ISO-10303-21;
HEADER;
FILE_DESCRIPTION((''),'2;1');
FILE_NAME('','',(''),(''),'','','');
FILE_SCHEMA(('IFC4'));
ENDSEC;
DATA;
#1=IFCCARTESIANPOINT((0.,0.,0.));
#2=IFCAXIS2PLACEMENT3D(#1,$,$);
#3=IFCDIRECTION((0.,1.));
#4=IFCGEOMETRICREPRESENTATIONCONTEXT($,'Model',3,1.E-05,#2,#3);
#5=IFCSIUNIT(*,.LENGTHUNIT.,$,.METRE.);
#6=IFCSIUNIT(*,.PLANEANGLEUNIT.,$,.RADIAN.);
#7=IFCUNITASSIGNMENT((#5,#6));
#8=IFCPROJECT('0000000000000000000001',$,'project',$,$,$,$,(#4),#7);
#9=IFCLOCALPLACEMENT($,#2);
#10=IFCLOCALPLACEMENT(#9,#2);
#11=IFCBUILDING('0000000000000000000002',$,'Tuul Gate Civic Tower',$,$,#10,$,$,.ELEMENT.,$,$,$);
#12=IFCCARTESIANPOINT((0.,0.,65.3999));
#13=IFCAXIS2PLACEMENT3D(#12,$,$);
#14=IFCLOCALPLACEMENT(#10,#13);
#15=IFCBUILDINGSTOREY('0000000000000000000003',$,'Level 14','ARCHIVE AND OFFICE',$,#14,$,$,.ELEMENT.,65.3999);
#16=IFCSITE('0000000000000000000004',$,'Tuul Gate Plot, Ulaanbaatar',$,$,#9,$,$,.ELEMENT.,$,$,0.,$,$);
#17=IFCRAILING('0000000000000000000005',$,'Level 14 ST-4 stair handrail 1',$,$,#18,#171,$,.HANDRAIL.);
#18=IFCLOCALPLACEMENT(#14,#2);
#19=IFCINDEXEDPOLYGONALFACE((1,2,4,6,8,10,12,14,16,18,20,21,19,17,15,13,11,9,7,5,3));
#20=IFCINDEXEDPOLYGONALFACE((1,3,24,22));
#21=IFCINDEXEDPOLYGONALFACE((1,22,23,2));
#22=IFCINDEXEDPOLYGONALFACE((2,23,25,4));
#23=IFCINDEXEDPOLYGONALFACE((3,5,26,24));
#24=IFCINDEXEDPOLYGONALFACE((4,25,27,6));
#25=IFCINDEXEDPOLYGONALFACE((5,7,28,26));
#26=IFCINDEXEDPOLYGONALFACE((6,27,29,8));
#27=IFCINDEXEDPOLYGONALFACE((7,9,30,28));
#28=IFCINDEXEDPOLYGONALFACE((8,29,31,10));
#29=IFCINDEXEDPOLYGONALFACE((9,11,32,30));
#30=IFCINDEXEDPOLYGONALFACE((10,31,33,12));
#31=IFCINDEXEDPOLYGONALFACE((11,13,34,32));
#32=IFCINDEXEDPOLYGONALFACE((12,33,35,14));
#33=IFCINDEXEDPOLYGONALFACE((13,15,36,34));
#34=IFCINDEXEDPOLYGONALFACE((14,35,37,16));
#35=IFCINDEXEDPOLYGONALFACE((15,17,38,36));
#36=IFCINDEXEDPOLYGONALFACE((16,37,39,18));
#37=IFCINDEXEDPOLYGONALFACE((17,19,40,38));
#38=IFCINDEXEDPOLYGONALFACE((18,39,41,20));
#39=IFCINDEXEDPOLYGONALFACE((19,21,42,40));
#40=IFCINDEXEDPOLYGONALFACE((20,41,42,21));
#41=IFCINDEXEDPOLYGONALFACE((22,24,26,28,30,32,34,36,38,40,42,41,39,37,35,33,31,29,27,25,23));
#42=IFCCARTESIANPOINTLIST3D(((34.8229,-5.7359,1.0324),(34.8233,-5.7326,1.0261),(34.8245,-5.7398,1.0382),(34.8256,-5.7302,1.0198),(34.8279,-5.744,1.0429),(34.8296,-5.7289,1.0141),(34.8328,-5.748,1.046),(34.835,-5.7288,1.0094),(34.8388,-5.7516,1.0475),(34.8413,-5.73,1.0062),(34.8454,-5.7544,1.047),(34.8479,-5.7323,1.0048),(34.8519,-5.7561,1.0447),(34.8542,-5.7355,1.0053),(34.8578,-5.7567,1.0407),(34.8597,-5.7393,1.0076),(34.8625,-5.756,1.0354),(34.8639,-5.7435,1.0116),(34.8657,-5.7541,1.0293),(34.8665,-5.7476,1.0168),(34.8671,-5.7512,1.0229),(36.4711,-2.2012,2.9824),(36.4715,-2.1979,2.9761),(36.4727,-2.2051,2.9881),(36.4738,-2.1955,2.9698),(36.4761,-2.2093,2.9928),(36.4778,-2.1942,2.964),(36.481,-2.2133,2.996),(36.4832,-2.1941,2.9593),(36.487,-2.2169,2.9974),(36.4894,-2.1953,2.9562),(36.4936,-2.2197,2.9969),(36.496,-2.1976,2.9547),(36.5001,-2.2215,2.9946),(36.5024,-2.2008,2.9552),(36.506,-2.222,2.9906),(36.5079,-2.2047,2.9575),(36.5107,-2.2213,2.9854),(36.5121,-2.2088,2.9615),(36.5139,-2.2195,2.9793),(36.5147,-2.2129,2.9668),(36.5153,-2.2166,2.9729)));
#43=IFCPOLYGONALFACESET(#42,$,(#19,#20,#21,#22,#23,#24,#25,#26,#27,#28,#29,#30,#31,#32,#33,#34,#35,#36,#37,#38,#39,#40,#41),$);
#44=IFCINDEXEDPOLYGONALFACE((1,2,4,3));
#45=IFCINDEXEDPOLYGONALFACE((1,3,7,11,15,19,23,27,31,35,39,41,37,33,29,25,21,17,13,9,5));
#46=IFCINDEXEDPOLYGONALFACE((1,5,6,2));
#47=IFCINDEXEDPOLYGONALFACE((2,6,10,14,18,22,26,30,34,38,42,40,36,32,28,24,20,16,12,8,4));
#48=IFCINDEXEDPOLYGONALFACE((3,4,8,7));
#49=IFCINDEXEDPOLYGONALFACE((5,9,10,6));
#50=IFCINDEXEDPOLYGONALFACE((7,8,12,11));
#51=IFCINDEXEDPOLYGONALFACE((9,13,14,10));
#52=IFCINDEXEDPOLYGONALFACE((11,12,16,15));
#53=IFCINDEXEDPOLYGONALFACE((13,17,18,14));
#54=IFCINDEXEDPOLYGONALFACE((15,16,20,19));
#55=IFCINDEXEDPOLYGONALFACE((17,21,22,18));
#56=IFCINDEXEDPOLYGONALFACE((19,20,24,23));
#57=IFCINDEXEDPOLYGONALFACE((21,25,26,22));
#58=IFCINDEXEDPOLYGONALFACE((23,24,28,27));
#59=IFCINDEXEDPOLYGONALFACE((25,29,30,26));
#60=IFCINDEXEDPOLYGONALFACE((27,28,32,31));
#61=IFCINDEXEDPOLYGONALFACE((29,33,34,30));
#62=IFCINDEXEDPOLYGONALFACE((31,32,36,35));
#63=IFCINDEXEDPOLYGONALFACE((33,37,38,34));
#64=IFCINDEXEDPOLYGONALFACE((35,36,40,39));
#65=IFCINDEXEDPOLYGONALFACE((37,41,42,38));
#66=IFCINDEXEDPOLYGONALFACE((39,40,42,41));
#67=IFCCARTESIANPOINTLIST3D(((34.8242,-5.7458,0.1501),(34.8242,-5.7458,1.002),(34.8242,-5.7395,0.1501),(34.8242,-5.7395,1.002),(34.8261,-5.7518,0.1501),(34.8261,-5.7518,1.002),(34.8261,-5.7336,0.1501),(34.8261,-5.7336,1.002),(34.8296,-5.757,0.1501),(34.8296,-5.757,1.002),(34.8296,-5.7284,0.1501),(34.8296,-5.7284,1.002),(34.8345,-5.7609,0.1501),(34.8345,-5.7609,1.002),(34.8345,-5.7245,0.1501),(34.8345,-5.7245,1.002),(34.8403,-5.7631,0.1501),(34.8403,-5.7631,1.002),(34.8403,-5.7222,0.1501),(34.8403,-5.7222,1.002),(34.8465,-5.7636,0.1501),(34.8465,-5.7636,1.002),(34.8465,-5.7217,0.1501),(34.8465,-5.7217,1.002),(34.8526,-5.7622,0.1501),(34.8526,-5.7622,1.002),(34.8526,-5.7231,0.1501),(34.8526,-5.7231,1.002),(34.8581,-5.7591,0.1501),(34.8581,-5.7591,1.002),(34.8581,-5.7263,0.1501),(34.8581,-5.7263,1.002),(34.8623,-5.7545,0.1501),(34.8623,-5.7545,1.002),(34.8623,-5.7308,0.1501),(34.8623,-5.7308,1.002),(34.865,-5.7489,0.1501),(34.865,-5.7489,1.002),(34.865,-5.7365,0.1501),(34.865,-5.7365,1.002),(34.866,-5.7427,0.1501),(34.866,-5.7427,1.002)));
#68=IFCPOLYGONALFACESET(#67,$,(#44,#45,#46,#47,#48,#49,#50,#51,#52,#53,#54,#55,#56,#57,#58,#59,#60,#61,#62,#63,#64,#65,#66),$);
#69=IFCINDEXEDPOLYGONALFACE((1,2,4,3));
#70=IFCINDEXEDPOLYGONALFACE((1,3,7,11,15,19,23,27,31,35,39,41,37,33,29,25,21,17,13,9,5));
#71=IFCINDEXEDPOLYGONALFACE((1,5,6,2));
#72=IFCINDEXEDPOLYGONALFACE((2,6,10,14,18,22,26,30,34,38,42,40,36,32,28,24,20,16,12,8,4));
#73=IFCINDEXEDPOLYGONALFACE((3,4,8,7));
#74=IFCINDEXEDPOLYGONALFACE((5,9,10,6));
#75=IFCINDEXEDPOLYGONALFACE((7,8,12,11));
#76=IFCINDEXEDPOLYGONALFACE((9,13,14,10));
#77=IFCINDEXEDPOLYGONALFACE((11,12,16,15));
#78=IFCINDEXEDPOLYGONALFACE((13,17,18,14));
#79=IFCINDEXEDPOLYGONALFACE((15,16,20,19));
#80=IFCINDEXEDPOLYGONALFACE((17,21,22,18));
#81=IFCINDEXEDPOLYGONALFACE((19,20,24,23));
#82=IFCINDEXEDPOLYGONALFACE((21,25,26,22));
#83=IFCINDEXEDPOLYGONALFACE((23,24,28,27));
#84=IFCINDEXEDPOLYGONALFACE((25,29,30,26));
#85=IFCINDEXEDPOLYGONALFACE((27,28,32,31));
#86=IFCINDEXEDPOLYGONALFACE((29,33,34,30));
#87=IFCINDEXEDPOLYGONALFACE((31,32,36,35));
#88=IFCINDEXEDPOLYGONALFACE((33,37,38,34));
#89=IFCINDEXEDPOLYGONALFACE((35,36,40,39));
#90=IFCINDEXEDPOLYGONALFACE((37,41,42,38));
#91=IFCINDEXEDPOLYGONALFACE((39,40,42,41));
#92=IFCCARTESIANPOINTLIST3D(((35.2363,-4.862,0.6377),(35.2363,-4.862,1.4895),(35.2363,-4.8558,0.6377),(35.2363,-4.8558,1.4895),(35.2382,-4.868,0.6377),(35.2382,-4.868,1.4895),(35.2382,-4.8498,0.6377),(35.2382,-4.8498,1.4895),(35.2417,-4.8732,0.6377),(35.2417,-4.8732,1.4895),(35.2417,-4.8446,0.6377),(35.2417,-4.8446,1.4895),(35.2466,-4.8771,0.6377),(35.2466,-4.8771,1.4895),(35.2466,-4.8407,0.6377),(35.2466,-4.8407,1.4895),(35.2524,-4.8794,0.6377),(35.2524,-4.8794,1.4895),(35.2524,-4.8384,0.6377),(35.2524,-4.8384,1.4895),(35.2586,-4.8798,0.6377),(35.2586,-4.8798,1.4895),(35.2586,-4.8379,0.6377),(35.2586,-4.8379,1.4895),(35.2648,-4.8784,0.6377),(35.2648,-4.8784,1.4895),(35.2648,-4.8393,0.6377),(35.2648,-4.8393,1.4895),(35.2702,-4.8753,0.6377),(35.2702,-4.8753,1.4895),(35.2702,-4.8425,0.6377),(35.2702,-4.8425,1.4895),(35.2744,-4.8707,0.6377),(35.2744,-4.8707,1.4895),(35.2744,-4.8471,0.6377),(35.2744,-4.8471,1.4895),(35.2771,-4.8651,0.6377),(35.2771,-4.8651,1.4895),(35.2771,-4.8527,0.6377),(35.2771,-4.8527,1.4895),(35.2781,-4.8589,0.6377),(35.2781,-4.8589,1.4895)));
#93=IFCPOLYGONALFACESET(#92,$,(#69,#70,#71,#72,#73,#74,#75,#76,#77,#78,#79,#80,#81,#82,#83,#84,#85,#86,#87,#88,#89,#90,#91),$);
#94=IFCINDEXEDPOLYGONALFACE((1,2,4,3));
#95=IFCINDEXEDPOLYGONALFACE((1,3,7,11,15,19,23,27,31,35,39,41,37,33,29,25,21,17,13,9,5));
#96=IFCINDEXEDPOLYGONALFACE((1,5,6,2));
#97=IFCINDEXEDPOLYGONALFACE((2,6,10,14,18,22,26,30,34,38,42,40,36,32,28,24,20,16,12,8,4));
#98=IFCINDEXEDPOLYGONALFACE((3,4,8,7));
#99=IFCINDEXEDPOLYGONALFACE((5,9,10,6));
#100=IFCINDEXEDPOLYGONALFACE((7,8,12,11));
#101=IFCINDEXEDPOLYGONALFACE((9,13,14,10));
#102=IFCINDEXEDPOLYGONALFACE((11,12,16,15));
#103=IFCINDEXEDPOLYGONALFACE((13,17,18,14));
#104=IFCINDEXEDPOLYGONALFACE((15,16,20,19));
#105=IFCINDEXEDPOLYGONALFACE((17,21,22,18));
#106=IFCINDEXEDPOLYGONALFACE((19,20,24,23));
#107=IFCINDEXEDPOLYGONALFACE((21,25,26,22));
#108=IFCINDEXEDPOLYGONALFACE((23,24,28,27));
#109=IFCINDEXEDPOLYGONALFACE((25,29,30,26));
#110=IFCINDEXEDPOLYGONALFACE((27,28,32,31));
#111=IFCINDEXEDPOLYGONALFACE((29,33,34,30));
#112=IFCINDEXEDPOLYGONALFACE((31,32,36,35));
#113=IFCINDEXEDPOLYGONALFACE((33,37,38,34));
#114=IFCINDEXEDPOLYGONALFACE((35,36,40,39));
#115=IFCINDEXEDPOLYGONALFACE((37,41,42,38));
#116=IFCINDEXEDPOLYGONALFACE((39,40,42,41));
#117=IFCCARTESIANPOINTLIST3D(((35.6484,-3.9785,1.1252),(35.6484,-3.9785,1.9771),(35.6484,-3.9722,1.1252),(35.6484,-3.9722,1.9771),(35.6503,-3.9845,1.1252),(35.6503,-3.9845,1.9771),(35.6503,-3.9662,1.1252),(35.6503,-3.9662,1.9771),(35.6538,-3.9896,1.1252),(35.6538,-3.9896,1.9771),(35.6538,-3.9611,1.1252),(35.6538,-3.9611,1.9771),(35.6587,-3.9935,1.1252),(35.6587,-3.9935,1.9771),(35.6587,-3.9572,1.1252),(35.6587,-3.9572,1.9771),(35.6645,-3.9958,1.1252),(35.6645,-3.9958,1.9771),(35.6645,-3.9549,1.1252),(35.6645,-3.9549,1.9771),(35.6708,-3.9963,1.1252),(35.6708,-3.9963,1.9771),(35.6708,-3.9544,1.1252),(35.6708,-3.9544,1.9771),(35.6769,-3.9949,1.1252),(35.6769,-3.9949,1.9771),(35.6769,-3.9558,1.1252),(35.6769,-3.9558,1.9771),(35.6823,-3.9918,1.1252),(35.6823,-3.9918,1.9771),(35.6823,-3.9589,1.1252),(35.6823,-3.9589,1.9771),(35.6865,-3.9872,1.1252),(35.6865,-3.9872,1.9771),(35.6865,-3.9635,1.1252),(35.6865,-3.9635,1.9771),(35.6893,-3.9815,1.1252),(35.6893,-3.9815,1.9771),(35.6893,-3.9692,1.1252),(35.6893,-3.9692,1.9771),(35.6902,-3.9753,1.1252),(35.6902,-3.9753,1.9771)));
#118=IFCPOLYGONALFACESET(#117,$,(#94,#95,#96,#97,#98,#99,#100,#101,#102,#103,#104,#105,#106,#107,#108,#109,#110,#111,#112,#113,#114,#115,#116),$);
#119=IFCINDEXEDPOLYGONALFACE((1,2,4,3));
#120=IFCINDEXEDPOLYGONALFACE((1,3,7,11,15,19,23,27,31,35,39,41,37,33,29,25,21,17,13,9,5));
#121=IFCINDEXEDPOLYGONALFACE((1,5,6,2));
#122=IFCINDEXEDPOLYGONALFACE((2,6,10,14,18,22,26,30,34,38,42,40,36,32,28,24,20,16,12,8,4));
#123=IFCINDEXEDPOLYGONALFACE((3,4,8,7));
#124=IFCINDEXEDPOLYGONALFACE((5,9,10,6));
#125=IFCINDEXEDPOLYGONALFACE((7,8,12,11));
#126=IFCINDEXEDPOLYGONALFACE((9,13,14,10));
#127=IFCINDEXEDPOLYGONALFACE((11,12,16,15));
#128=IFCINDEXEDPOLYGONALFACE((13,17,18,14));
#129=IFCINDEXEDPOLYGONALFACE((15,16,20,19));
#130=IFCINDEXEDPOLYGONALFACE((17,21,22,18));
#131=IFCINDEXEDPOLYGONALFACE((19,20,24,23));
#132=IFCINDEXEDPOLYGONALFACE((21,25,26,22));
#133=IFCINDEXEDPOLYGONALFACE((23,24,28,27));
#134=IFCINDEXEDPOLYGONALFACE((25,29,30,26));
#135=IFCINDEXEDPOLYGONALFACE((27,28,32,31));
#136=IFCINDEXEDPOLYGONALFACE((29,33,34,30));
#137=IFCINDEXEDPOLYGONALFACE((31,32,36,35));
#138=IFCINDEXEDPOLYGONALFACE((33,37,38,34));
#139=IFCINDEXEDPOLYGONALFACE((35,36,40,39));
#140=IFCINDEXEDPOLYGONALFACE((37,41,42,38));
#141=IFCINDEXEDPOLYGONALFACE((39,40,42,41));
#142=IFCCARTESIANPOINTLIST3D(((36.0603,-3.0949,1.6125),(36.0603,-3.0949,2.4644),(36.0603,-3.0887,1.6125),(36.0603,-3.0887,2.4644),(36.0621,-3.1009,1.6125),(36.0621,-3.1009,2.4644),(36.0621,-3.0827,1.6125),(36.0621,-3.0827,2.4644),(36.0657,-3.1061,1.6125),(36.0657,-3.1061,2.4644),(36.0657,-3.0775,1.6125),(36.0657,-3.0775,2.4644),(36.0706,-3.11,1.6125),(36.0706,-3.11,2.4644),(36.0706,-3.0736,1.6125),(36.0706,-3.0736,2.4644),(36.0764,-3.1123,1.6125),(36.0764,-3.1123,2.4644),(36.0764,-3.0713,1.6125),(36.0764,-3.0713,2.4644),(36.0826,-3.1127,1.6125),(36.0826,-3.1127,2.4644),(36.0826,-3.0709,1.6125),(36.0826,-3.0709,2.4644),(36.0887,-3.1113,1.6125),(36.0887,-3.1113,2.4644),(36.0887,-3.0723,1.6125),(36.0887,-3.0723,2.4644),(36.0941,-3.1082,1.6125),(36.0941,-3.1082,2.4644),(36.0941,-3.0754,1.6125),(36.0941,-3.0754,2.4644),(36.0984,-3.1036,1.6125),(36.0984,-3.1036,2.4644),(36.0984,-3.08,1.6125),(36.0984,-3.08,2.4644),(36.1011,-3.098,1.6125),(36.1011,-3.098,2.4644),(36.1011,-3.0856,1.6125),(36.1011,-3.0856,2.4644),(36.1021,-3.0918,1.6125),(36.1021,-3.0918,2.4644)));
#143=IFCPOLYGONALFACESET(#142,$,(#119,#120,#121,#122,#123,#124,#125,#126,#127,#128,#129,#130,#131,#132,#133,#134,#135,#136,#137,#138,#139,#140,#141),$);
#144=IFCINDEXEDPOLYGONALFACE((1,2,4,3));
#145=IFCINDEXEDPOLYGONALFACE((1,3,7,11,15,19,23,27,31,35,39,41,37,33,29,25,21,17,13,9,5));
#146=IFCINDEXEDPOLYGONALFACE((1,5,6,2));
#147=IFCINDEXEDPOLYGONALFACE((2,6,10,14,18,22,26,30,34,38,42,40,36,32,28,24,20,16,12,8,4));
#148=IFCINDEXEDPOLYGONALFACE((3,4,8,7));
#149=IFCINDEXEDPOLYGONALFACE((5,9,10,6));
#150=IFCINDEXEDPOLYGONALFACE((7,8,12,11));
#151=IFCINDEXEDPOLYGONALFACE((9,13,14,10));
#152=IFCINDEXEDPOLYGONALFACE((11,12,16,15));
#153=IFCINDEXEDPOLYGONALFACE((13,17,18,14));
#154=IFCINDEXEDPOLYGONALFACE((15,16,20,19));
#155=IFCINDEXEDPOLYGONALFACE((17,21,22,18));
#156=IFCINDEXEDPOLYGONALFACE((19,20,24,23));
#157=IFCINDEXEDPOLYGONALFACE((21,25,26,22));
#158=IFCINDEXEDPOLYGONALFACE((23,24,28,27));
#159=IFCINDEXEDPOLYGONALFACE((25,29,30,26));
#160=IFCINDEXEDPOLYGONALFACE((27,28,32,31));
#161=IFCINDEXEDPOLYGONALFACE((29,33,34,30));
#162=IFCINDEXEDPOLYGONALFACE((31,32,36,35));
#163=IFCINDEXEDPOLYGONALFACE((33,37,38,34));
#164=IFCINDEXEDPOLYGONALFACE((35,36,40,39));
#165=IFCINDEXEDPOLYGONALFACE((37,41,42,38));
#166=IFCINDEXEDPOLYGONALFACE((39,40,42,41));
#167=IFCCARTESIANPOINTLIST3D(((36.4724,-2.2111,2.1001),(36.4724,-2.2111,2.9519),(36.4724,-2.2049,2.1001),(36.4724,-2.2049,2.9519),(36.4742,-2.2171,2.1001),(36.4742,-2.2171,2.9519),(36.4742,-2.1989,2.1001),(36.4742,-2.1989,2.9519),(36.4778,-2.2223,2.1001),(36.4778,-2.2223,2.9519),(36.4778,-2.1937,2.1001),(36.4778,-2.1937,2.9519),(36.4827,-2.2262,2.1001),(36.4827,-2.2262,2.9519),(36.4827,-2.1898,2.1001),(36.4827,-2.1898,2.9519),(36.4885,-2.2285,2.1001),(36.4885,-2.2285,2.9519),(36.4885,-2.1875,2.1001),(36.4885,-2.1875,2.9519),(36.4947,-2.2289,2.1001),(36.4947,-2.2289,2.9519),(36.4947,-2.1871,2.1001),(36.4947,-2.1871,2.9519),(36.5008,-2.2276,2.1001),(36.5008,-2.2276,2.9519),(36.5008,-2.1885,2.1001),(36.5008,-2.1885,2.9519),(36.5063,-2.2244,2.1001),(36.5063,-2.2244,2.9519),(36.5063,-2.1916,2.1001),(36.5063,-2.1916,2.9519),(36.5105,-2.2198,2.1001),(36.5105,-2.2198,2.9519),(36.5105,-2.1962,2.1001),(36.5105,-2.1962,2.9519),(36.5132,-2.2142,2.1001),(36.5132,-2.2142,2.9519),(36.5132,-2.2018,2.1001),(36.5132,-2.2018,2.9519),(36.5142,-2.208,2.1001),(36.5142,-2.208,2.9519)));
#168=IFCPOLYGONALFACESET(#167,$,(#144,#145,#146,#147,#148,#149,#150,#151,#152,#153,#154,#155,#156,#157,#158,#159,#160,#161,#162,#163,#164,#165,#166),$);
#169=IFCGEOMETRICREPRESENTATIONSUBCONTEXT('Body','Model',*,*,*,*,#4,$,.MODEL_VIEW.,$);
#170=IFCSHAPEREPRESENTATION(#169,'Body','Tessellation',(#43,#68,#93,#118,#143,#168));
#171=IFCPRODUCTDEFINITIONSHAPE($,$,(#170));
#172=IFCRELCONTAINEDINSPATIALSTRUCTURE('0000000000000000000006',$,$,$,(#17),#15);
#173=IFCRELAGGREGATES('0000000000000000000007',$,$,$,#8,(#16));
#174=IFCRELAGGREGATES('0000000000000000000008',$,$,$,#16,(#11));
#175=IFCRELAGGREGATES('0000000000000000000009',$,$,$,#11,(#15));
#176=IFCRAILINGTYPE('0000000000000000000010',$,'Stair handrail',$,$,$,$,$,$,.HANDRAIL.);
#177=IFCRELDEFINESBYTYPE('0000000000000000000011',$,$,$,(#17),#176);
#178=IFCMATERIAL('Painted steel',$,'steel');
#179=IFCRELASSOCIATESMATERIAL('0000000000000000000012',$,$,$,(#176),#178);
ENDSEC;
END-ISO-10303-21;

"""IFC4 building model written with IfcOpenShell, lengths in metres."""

from ifc_helpers import new_model, si_unit, direction, frame, origin, origin_2d, place, context, subcontext, project, spatial, circle, extrude, material, type_object, element, save


model = new_model("IFC4")

# Units and contexts
model_context = context("Model", 3, precision=1e-05, world=origin(), true_north=direction((0.0, 1.0)))
body_context = subcontext(model_context, "Body", "Model", "MODEL_VIEW")
ifc_project = project(units=[si_unit("LENGTHUNIT", "METRE"), si_unit("PLANEANGLEUNIT", "RADIAN")], contexts=[model_context])

# Site, building, storey
site_placement = place(None, origin())
site = spatial("IfcSite", under=ifc_project, at=site_placement, Name="Tuul Gate Plot, Ulaanbaatar", CompositionType="ELEMENT", RefElevation=0.0)
building_placement = place(site_placement, origin())
building = spatial("IfcBuilding", under=site, at=building_placement, Name="Tuul Gate Civic Tower", CompositionType="ELEMENT")
storey_placement = place(building_placement, frame((0.0, 0.0, 65.3999)))
storey = spatial("IfcBuildingStorey", under=building, at=storey_placement, Name="Level 14", Description="ARCHIVE AND OFFICE", CompositionType="ELEMENT", Elevation=65.3999)

# Railing
ifc_material_1 = material(Name="Painted steel", Category="steel")
railing_type_1 = type_object("IfcRailingType", Name="Stair handrail", PredefinedType="HANDRAIL", material=ifc_material_1)
railing_1_placement = place(storey_placement, frame((34.845, -5.7427, 0.1501)))
element("IfcRailing", 1, at=railing_1_placement, inside=storey, type_object=railing_type_1, Name="Level 14 ST-4 stair handrail 1", PredefinedType="HANDRAIL", context=body_context, shape_type="SweptSolid", body=[
    extrude(circle(Radius=0.0239, at=origin_2d()), frame((0.0, 0.0, 0.876), z_axis=(0.377995, 0.810637, 0.4472), x_axis=(-0.906313, 0.422608, 0.0)), (0.0, 0.0, 1.0), 4.3604),
    extrude(circle(Radius=0.021, at=origin_2d()), origin(), (0.0, 0.0, 1.0), 0.8518),
    extrude(circle(Radius=0.021, at=origin_2d()), frame((0.4121, 0.8838, 0.4875)), (0.0, 0.0, 1.0), 0.8518),
    extrude(circle(Radius=0.021, at=origin_2d()), frame((0.8242, 1.7673, 0.9751)), (0.0, 0.0, 1.0), 0.8518),
    extrude(circle(Radius=0.021, at=origin_2d()), frame((1.2361, 2.6509, 1.4624)), (0.0, 0.0, 1.0), 0.8518),
    extrude(circle(Radius=0.021, at=origin_2d()), frame((1.6482, 3.5347, 1.95)), (0.0, 0.0, 1.0), 0.8518),
])

save(model, "model.ifc")
